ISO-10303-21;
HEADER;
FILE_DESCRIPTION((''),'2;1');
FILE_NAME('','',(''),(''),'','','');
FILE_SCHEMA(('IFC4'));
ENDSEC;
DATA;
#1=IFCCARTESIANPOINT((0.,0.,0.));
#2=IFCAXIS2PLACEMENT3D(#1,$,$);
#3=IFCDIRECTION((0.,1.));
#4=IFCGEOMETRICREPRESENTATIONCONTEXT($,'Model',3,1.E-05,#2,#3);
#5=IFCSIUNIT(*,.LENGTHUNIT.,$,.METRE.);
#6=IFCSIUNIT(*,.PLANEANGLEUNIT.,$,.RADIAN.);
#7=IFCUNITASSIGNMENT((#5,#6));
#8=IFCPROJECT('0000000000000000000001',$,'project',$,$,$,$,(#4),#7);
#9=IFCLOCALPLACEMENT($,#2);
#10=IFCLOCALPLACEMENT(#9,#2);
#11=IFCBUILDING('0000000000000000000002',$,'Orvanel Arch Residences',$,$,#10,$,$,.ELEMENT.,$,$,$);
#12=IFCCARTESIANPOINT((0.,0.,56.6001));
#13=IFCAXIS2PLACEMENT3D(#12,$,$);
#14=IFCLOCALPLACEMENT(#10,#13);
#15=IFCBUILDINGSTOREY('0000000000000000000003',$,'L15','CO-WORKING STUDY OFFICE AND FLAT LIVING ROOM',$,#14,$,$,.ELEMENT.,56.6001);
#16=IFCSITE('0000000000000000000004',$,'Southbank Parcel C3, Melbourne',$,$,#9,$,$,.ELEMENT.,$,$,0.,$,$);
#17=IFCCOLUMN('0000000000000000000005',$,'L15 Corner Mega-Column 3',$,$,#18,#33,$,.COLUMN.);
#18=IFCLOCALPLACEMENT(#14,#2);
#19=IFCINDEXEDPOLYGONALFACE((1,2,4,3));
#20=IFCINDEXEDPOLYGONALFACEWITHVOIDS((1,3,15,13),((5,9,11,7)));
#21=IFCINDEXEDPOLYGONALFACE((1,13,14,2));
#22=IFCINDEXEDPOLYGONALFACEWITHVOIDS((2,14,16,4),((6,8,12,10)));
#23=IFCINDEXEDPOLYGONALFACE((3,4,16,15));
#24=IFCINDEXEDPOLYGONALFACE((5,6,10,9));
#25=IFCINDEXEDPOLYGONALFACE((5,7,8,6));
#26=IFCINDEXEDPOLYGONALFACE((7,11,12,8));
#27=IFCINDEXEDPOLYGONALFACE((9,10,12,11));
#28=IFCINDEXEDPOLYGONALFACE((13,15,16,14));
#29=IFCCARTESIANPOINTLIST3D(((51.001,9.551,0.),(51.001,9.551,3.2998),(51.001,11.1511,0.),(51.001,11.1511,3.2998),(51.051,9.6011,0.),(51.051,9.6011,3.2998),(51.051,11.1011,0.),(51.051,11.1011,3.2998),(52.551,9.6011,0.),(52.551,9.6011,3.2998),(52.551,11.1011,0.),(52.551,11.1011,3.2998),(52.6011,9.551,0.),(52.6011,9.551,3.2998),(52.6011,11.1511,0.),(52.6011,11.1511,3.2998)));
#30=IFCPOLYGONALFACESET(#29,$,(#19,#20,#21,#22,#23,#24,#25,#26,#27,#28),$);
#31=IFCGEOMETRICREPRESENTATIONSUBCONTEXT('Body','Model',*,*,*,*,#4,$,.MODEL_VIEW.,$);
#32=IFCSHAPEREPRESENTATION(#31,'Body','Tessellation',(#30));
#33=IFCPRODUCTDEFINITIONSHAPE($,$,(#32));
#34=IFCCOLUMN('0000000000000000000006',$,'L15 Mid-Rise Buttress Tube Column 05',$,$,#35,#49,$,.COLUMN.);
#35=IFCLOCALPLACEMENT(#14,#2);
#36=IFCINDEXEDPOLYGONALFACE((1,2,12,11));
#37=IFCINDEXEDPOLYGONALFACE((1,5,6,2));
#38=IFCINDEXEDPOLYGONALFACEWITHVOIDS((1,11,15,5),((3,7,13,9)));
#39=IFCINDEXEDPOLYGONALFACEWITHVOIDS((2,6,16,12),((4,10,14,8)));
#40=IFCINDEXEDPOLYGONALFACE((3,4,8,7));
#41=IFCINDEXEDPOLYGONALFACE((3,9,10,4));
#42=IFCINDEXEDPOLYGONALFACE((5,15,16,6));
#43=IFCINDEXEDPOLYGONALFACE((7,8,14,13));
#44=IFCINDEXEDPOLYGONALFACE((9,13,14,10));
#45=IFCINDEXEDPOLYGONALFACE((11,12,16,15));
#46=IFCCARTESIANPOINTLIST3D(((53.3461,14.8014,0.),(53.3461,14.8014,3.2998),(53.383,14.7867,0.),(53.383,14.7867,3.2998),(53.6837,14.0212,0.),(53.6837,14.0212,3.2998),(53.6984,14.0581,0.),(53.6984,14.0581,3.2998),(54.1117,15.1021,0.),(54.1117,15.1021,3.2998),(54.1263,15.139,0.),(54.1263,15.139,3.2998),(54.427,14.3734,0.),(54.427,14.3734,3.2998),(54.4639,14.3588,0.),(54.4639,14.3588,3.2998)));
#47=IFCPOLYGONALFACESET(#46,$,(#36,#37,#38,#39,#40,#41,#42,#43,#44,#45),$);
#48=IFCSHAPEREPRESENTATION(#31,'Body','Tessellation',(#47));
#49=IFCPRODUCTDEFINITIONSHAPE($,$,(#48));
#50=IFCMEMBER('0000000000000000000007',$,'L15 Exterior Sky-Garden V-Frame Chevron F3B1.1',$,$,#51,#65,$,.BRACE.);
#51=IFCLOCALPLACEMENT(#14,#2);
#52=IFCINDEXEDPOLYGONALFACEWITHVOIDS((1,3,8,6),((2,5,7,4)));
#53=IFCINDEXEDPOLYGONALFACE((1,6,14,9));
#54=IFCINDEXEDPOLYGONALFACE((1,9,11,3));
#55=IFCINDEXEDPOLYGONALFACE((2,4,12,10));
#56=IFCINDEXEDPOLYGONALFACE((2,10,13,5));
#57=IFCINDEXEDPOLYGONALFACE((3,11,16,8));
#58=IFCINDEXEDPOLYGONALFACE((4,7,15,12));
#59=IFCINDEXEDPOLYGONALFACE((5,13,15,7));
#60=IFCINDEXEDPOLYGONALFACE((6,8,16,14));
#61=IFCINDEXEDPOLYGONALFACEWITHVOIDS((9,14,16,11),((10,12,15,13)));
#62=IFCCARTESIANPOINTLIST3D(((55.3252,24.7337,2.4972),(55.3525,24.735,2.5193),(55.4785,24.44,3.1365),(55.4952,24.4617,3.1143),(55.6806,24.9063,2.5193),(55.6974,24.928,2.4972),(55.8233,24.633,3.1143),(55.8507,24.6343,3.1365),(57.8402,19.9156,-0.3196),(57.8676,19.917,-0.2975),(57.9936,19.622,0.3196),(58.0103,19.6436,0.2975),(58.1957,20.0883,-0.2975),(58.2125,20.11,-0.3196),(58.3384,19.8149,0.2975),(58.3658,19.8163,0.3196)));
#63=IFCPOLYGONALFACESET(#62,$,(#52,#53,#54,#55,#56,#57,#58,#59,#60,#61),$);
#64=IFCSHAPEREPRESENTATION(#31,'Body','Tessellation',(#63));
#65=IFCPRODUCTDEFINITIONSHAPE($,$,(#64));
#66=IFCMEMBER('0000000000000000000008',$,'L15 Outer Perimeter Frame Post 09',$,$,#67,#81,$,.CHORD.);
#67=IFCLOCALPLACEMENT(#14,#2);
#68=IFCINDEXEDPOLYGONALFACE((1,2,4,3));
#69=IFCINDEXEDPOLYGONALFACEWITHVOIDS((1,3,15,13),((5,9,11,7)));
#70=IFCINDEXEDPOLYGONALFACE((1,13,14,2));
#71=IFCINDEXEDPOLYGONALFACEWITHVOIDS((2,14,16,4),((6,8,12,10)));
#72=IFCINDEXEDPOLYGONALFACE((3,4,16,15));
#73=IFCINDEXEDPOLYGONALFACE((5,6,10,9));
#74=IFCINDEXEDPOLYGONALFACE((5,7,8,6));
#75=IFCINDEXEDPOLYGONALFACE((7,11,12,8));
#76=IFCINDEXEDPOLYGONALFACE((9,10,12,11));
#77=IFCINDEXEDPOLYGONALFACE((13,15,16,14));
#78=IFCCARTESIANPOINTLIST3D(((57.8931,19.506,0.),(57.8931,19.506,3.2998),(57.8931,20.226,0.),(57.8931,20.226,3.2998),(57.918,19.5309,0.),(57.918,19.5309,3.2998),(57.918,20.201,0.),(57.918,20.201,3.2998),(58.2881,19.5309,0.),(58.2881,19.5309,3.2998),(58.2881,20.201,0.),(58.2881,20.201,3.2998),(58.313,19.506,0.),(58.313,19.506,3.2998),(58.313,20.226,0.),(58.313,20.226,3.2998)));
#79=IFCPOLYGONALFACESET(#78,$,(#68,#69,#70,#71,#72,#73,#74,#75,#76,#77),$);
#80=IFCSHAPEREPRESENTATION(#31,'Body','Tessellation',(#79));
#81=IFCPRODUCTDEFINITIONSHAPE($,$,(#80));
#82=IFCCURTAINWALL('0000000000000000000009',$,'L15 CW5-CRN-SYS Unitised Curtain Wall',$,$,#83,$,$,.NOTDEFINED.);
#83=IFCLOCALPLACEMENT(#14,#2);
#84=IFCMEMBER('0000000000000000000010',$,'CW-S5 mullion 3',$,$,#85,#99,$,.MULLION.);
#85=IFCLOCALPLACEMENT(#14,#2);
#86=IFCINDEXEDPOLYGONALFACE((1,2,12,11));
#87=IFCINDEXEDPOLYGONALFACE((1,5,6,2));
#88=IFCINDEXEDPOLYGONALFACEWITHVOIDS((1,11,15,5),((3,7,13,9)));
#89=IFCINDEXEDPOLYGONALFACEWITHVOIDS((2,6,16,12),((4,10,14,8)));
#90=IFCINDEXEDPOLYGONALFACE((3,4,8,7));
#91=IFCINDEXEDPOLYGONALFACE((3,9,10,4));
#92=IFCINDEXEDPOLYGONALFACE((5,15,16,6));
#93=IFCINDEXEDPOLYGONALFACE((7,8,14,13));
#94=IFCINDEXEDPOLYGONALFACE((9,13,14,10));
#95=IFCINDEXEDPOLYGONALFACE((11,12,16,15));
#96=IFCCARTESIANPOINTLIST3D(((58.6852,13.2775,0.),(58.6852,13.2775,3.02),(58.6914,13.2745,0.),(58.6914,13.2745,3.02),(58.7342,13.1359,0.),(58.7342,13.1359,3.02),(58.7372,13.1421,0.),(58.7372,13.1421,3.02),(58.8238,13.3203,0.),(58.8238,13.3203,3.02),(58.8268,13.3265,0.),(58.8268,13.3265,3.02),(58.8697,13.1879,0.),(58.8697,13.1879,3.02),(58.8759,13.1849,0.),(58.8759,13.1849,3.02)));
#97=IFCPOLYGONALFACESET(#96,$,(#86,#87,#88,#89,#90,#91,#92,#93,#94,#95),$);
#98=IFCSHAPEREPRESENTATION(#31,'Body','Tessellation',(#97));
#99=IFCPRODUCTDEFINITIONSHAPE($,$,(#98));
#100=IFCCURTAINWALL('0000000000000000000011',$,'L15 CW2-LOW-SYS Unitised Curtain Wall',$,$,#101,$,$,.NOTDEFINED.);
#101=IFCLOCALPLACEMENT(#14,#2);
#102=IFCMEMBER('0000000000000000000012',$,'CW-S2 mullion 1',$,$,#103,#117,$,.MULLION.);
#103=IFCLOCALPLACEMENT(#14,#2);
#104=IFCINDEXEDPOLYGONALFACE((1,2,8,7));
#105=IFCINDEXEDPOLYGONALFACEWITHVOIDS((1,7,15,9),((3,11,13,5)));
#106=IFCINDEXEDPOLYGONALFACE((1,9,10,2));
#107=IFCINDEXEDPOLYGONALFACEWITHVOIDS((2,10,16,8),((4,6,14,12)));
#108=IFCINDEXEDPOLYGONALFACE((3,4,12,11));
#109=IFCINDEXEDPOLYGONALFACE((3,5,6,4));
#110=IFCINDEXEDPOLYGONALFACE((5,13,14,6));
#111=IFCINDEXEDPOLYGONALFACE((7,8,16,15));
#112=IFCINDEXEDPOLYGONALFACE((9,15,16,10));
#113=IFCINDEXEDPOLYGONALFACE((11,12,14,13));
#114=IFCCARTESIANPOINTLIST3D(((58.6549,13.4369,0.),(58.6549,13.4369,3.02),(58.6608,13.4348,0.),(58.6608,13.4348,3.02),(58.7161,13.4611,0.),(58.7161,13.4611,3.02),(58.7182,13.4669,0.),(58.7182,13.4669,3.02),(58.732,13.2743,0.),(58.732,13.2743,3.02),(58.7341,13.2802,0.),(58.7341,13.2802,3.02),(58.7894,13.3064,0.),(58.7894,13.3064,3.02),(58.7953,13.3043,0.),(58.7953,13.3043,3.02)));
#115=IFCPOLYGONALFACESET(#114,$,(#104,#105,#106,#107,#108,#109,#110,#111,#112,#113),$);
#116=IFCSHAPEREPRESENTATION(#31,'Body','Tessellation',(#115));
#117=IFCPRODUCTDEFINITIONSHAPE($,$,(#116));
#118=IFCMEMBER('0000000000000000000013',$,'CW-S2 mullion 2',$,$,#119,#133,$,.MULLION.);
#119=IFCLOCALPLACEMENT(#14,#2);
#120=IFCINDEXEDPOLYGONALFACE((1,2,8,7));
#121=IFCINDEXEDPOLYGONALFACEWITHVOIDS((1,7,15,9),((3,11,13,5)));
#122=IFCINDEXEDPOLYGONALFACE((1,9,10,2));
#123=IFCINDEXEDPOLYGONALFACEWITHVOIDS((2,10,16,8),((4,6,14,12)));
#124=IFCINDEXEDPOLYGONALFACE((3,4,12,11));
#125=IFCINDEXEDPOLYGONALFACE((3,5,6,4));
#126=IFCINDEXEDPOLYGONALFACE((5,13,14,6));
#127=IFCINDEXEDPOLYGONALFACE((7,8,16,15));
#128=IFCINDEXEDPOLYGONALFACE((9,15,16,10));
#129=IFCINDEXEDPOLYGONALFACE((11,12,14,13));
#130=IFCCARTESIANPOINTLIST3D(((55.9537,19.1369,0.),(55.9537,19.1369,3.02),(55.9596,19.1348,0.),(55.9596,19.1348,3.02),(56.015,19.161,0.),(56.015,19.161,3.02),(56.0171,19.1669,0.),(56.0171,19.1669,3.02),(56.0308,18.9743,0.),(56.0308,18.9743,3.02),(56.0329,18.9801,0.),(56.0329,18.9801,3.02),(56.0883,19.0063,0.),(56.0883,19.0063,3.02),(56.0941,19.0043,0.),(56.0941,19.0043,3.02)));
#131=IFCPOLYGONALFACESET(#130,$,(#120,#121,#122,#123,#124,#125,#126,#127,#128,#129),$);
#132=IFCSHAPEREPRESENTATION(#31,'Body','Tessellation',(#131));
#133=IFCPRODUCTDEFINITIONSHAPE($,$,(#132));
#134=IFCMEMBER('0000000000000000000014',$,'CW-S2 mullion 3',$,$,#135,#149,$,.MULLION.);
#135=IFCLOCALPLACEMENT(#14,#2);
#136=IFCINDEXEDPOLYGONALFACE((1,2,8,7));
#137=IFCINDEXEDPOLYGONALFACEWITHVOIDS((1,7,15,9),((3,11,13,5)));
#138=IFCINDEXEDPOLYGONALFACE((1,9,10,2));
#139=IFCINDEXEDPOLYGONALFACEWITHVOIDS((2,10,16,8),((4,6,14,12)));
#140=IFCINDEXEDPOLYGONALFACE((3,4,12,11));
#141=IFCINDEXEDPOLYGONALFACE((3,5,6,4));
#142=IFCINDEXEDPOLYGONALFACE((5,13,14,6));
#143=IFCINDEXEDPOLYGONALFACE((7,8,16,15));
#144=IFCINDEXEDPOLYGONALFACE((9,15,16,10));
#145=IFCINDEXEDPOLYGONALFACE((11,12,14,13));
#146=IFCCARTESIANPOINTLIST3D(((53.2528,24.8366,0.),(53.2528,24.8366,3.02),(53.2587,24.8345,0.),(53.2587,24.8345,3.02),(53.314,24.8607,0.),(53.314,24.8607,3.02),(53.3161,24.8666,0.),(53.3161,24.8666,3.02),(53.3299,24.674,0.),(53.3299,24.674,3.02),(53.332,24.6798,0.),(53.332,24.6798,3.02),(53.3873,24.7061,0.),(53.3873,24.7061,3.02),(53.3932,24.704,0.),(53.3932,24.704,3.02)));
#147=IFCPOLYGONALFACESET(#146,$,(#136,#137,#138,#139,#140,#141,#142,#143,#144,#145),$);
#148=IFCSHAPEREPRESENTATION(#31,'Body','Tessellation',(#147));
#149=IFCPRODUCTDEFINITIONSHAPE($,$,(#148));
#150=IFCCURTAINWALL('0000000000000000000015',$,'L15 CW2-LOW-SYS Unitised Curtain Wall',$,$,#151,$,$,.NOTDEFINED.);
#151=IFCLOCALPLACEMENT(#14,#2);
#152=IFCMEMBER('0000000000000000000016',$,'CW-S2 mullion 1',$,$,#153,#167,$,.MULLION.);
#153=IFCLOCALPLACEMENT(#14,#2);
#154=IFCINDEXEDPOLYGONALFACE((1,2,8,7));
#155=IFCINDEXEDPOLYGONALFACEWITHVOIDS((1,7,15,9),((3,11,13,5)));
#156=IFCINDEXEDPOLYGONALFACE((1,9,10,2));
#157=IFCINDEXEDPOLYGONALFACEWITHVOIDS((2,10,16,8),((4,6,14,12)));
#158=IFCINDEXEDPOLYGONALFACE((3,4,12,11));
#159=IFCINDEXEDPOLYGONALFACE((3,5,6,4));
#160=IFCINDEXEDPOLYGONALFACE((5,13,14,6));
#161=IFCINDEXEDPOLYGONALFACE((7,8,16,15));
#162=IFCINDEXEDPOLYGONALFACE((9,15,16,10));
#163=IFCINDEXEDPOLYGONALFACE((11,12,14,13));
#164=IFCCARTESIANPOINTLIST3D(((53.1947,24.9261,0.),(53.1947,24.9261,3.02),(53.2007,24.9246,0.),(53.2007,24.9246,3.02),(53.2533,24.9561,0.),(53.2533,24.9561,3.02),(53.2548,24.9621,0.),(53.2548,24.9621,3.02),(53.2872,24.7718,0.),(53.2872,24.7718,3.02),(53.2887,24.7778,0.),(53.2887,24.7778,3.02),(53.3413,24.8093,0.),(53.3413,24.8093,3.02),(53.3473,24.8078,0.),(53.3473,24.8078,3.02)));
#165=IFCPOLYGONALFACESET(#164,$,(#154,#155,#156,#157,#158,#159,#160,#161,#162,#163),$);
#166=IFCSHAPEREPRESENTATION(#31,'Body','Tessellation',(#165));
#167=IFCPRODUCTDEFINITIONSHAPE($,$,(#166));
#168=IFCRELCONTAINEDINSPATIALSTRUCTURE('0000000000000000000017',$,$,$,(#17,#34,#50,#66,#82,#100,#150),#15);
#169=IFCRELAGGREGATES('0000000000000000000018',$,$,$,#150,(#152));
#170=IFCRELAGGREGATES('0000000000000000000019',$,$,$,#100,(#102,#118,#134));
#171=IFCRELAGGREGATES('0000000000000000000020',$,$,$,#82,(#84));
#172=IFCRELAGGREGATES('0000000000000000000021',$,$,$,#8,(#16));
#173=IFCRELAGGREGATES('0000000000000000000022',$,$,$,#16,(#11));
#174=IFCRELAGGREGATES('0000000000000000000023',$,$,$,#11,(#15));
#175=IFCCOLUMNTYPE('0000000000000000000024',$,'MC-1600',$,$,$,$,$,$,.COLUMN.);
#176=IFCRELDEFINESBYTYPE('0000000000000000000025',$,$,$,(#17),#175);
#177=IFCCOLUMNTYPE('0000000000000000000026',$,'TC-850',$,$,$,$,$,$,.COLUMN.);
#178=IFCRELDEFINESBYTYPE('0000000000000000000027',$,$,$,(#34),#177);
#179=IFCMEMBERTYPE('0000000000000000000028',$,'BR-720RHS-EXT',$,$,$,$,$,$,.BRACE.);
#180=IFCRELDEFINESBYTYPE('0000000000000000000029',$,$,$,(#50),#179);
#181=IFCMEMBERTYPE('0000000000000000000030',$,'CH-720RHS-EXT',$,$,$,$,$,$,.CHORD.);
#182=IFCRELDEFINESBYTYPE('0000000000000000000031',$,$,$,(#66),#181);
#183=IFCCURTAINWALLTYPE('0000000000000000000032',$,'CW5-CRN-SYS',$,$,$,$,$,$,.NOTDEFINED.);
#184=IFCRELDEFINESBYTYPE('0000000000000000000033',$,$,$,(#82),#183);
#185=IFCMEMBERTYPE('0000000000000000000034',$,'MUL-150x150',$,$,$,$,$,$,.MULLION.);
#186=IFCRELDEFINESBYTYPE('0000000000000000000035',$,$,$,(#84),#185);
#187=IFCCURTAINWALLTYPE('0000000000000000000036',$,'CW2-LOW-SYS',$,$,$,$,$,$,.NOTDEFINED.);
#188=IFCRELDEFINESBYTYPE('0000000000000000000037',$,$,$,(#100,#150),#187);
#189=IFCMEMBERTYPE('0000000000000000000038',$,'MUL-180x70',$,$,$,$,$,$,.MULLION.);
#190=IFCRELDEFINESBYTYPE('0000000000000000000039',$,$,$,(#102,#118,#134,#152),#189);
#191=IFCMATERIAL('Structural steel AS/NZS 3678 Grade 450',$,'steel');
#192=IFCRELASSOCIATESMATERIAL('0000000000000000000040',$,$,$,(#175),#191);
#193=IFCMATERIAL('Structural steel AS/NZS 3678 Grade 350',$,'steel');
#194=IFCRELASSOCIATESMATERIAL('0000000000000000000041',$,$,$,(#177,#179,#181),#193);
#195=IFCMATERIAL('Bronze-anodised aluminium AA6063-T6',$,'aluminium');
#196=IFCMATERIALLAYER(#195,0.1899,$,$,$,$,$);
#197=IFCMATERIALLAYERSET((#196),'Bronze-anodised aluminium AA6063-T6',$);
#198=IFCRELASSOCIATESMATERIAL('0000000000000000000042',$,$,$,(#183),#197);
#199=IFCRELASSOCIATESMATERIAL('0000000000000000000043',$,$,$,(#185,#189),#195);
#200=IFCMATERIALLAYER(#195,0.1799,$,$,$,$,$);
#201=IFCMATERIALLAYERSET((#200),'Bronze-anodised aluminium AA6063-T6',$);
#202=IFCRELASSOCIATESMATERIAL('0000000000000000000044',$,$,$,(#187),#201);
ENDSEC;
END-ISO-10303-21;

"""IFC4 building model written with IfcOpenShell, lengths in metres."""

from ifc_helpers import new_model, si_unit, direction, frame, origin, origin_2d, place, context, subcontext, project, spatial, hollow_rectangle, extrude, material, layer, layer_set, material_profile, profile_set, type_object, element, aggregate, save


model = new_model("IFC4")

# Units and contexts
model_context = context("Model", 3, precision=1e-05, world=origin(), true_north=direction((0.0, 1.0)))
body_context = subcontext(model_context, "Body", "Model", "MODEL_VIEW")
ifc_project = project(units=[si_unit("LENGTHUNIT", "METRE"), si_unit("PLANEANGLEUNIT", "RADIAN")], contexts=[model_context])

# Site, building, storey
site_placement = place(None, origin())
site = spatial("IfcSite", under=ifc_project, at=site_placement, Name="Southbank Parcel C3, Melbourne", CompositionType="ELEMENT", RefElevation=0.0)
building_placement = place(site_placement, origin())
building = spatial("IfcBuilding", under=site, at=building_placement, Name="Orvanel Arch Residences", CompositionType="ELEMENT")
storey_placement = place(building_placement, frame((0.0, 0.0, 56.6001)))
storey = spatial("IfcBuildingStorey", under=building, at=storey_placement, Name="L15", Description="CO-WORKING STUDY OFFICE AND FLAT LIVING ROOM", CompositionType="ELEMENT", Elevation=56.6001)

# Columns
ifc_material_1 = material(Name="Structural steel AS/NZS 3678 Grade 450", Category="steel")
ifc_material_profile_1 = material_profile(ifc_material_1, hollow_rectangle(XDim=1.6001, YDim=1.6001, WallThickness=0.05, at=origin_2d()), Name="BOX1600x1600x50")
ifc_profile_set_1 = profile_set([ifc_material_profile_1], Name="Structural steel AS/NZS 3678 Grade 450")
column_type_1 = type_object("IfcColumnType", Name="MC-1600", PredefinedType="COLUMN", material=ifc_profile_set_1)
column_1_placement = place(storey_placement, frame((51.801, 10.3511, 0.0), z_axis=(0.0, 0.0, 1.0), x_axis=(1.0, 0.0, 0.0)))
element("IfcColumn", 1, at=column_1_placement, inside=storey, type_object=column_type_1, Name="L15 Corner Mega-Column 3", PredefinedType="COLUMN", context=body_context, shape_type="SweptSolid", body=[
    extrude(hollow_rectangle(XDim=1.6001, YDim=1.6001, WallThickness=0.05, at=origin_2d()), origin(), (0.0, 0.0, 1.0), 3.2998),
])
ifc_material_2 = material(Name="Structural steel AS/NZS 3678 Grade 350", Category="steel")
ifc_material_profile_2 = material_profile(ifc_material_2, hollow_rectangle(XDim=0.8501, YDim=0.8501, WallThickness=0.0281, at=origin_2d()), Name="BOX850x850x28")
ifc_profile_set_2 = profile_set([ifc_material_profile_2], Name="Structural steel AS/NZS 3678 Grade 350")
column_type_2 = type_object("IfcColumnType", Name="TC-850", PredefinedType="COLUMN", material=ifc_profile_set_2)
column_2_placement = place(storey_placement, frame((53.905, 14.5801, 0.0), z_axis=(0.0, 0.0, 1.0), x_axis=(-0.397148, 0.917755, 0.0)))
element("IfcColumn", 2, at=column_2_placement, inside=storey, type_object=column_type_2, Name="L15 Mid-Rise Buttress Tube Column 05", PredefinedType="COLUMN", context=body_context, shape_type="SweptSolid", body=[
    extrude(hollow_rectangle(XDim=0.8501, YDim=0.8501, WallThickness=0.0281, at=origin_2d()), origin(), (0.0, 0.0, 1.0), 3.2998),
])

# Members
ifc_material_profile_3 = material_profile(ifc_material_2, hollow_rectangle(XDim=0.4199, YDim=0.72, WallThickness=0.0249, at=origin_2d()), Name="RHS720x420x25")
ifc_profile_set_3 = profile_set([ifc_material_profile_3], Name="Structural steel AS/NZS 3678 Grade 350")
member_type_1 = type_object("IfcMemberType", Name="BR-720RHS-EXT", PredefinedType="BRACE", material=ifc_profile_set_3)
member_1_placement = place(storey_placement, frame((58.103, 19.866, 0.0), z_axis=(-0.410857, 0.787057, 0.46015), x_axis=(-0.886484, -0.462759, 0.0)))
element("IfcMember", 3, at=member_1_placement, inside=storey, type_object=member_type_1, Name="L15 Exterior Sky-Garden V-Frame Chevron F3B1.1", PredefinedType="BRACE", context=body_context, shape_type="SweptSolid", body=[
    extrude(hollow_rectangle(XDim=0.4199, YDim=0.72, WallThickness=0.0249, at=origin_2d()), origin(), (0.0, 0.0, 1.0), 6.1216),
])
ifc_material_profile_4 = material_profile(ifc_material_2, hollow_rectangle(XDim=0.4199, YDim=0.72, WallThickness=0.0249, at=origin_2d()), Name="RHS720x420x25")
ifc_profile_set_4 = profile_set([ifc_material_profile_4], Name="Structural steel AS/NZS 3678 Grade 350")
member_type_2 = type_object("IfcMemberType", Name="CH-720RHS-EXT", PredefinedType="CHORD", material=ifc_profile_set_4)
member_2_placement = place(storey_placement, frame((58.103, 19.866, 0.0), z_axis=(0.0, 0.0, 1.0), x_axis=(1.0, 0.0, 0.0)))
element("IfcMember", 4, at=member_2_placement, inside=storey, type_object=member_type_2, Name="L15 Outer Perimeter Frame Post 09", PredefinedType="CHORD", context=body_context, shape_type="SweptSolid", body=[
    extrude(hollow_rectangle(XDim=0.4199, YDim=0.72, WallThickness=0.0249, at=origin_2d()), origin(), (0.0, 0.0, 1.0), 3.2998),
])

# Curtain wall, member
ifc_material_3 = material(Name="Bronze-anodised aluminium AA6063-T6", Category="aluminium")
ifc_layer_1 = layer(ifc_material_3, 0.1899)
ifc_layer_set_1 = layer_set([ifc_layer_1], Name="Bronze-anodised aluminium AA6063-T6")
curtain_wall_type_1 = type_object("IfcCurtainWallType", Name="CW5-CRN-SYS", PredefinedType="NOTDEFINED", material=ifc_layer_set_1)
curtain_wall_1_placement = place(storey_placement, origin())
curtain_wall_1 = element("IfcCurtainWall", 5, at=curtain_wall_1_placement, inside=storey, type_object=curtain_wall_type_1, Name="L15 CW5-CRN-SYS Unitised Curtain Wall", PredefinedType="NOTDEFINED")
ifc_material_profile_5 = material_profile(ifc_material_3, hollow_rectangle(XDim=0.1499, YDim=0.1499, WallThickness=0.0049, at=origin_2d()), Name="ALU150x150x5")
ifc_profile_set_5 = profile_set([ifc_material_profile_5], Name="Bronze-anodised aluminium AA6063-T6")
member_type_3 = type_object("IfcMemberType", Name="MUL-150x150", PredefinedType="MULLION", material=ifc_profile_set_5)
member_3_placement = place(storey_placement, frame((58.7805, 13.2312, 0.0), z_axis=(0.0, 0.0, 1.0), x_axis=(-0.944976, -0.327141, 0.0)))
member_3 = element("IfcMember", 6, at=member_3_placement, type_object=member_type_3, Name="CW-S5 mullion 3", PredefinedType="MULLION", context=body_context, shape_type="SweptSolid", body=[
    extrude(hollow_rectangle(XDim=0.1499, YDim=0.1499, WallThickness=0.0049, at=origin_2d()), origin(), (0.0, 0.0, 1.0), 3.02),
])

# Curtain wall, members
ifc_layer_2 = layer(ifc_material_3, 0.1799)
ifc_layer_set_2 = layer_set([ifc_layer_2], Name="Bronze-anodised aluminium AA6063-T6")
curtain_wall_type_2 = type_object("IfcCurtainWallType", Name="CW2-LOW-SYS", PredefinedType="NOTDEFINED", material=ifc_layer_set_2)
curtain_wall_2_placement = place(storey_placement, origin())
curtain_wall_2 = element("IfcCurtainWall", 7, at=curtain_wall_2_placement, inside=storey, type_object=curtain_wall_type_2, Name="L15 CW2-LOW-SYS Unitised Curtain Wall", PredefinedType="NOTDEFINED")
ifc_material_profile_6 = material_profile(ifc_material_3, hollow_rectangle(XDim=0.0701, YDim=0.1799, WallThickness=0.0044, at=origin_2d()), Name="ALU180x70x4.5")
ifc_profile_set_6 = profile_set([ifc_material_profile_6], Name="Bronze-anodised aluminium AA6063-T6")
member_type_4 = type_object("IfcMemberType", Name="MUL-180x70", PredefinedType="MULLION", material=ifc_profile_set_6)
member_4_placement = place(storey_placement, frame((58.7251, 13.3706, 0.0), z_axis=(0.0, 0.0, 1.0), x_axis=(-0.903672, -0.428225, 0.0)))
member_4 = element("IfcMember", 8, at=member_4_placement, type_object=member_type_4, Name="CW-S2 mullion 1", PredefinedType="MULLION", context=body_context, shape_type="SweptSolid", body=[
    extrude(hollow_rectangle(XDim=0.0701, YDim=0.1799, WallThickness=0.0044, at=origin_2d()), origin(), (0.0, 0.0, 1.0), 3.02),
])
member_5_placement = place(storey_placement, frame((56.0239, 19.0706, 0.0), z_axis=(0.0, 0.0, 1.0), x_axis=(-0.903672, -0.428225, 0.0)))
member_5 = element("IfcMember", 9, at=member_5_placement, type_object=member_type_4, Name="CW-S2 mullion 2", PredefinedType="MULLION", context=body_context, shape_type="SweptSolid", body=[
    extrude(hollow_rectangle(XDim=0.0701, YDim=0.1799, WallThickness=0.0044, at=origin_2d()), origin(), (0.0, 0.0, 1.0), 3.02),
])
member_6_placement = place(storey_placement, frame((53.323, 24.7703, 0.0), z_axis=(0.0, 0.0, 1.0), x_axis=(-0.903672, -0.428225, 0.0)))
member_6 = element("IfcMember", 10, at=member_6_placement, type_object=member_type_4, Name="CW-S2 mullion 3", PredefinedType="MULLION", context=body_context, shape_type="SweptSolid", body=[
    extrude(hollow_rectangle(XDim=0.0701, YDim=0.1799, WallThickness=0.0044, at=origin_2d()), origin(), (0.0, 0.0, 1.0), 3.02),
])

# Curtain wall, member
curtain_wall_3_placement = place(storey_placement, origin())
curtain_wall_3 = element("IfcCurtainWall", 11, at=curtain_wall_3_placement, inside=storey, type_object=curtain_wall_type_2, Name="L15 CW2-LOW-SYS Unitised Curtain Wall", PredefinedType="NOTDEFINED")
member_7_placement = place(storey_placement, frame((53.271, 24.8669, 0.0), z_axis=(0.0, 0.0, 1.0), x_axis=(-0.85757, -0.514368, 0.0)))
member_7 = element("IfcMember", 12, at=member_7_placement, type_object=member_type_4, Name="CW-S2 mullion 1", PredefinedType="MULLION", context=body_context, shape_type="SweptSolid", body=[
    extrude(hollow_rectangle(XDim=0.0701, YDim=0.1799, WallThickness=0.0044, at=origin_2d()), origin(), (0.0, 0.0, 1.0), 3.02),
])

aggregate(curtain_wall_3, [member_7])

aggregate(curtain_wall_2, [member_4, member_5, member_6])
aggregate(curtain_wall_1, [member_3])

save(model, "model.ifc")
